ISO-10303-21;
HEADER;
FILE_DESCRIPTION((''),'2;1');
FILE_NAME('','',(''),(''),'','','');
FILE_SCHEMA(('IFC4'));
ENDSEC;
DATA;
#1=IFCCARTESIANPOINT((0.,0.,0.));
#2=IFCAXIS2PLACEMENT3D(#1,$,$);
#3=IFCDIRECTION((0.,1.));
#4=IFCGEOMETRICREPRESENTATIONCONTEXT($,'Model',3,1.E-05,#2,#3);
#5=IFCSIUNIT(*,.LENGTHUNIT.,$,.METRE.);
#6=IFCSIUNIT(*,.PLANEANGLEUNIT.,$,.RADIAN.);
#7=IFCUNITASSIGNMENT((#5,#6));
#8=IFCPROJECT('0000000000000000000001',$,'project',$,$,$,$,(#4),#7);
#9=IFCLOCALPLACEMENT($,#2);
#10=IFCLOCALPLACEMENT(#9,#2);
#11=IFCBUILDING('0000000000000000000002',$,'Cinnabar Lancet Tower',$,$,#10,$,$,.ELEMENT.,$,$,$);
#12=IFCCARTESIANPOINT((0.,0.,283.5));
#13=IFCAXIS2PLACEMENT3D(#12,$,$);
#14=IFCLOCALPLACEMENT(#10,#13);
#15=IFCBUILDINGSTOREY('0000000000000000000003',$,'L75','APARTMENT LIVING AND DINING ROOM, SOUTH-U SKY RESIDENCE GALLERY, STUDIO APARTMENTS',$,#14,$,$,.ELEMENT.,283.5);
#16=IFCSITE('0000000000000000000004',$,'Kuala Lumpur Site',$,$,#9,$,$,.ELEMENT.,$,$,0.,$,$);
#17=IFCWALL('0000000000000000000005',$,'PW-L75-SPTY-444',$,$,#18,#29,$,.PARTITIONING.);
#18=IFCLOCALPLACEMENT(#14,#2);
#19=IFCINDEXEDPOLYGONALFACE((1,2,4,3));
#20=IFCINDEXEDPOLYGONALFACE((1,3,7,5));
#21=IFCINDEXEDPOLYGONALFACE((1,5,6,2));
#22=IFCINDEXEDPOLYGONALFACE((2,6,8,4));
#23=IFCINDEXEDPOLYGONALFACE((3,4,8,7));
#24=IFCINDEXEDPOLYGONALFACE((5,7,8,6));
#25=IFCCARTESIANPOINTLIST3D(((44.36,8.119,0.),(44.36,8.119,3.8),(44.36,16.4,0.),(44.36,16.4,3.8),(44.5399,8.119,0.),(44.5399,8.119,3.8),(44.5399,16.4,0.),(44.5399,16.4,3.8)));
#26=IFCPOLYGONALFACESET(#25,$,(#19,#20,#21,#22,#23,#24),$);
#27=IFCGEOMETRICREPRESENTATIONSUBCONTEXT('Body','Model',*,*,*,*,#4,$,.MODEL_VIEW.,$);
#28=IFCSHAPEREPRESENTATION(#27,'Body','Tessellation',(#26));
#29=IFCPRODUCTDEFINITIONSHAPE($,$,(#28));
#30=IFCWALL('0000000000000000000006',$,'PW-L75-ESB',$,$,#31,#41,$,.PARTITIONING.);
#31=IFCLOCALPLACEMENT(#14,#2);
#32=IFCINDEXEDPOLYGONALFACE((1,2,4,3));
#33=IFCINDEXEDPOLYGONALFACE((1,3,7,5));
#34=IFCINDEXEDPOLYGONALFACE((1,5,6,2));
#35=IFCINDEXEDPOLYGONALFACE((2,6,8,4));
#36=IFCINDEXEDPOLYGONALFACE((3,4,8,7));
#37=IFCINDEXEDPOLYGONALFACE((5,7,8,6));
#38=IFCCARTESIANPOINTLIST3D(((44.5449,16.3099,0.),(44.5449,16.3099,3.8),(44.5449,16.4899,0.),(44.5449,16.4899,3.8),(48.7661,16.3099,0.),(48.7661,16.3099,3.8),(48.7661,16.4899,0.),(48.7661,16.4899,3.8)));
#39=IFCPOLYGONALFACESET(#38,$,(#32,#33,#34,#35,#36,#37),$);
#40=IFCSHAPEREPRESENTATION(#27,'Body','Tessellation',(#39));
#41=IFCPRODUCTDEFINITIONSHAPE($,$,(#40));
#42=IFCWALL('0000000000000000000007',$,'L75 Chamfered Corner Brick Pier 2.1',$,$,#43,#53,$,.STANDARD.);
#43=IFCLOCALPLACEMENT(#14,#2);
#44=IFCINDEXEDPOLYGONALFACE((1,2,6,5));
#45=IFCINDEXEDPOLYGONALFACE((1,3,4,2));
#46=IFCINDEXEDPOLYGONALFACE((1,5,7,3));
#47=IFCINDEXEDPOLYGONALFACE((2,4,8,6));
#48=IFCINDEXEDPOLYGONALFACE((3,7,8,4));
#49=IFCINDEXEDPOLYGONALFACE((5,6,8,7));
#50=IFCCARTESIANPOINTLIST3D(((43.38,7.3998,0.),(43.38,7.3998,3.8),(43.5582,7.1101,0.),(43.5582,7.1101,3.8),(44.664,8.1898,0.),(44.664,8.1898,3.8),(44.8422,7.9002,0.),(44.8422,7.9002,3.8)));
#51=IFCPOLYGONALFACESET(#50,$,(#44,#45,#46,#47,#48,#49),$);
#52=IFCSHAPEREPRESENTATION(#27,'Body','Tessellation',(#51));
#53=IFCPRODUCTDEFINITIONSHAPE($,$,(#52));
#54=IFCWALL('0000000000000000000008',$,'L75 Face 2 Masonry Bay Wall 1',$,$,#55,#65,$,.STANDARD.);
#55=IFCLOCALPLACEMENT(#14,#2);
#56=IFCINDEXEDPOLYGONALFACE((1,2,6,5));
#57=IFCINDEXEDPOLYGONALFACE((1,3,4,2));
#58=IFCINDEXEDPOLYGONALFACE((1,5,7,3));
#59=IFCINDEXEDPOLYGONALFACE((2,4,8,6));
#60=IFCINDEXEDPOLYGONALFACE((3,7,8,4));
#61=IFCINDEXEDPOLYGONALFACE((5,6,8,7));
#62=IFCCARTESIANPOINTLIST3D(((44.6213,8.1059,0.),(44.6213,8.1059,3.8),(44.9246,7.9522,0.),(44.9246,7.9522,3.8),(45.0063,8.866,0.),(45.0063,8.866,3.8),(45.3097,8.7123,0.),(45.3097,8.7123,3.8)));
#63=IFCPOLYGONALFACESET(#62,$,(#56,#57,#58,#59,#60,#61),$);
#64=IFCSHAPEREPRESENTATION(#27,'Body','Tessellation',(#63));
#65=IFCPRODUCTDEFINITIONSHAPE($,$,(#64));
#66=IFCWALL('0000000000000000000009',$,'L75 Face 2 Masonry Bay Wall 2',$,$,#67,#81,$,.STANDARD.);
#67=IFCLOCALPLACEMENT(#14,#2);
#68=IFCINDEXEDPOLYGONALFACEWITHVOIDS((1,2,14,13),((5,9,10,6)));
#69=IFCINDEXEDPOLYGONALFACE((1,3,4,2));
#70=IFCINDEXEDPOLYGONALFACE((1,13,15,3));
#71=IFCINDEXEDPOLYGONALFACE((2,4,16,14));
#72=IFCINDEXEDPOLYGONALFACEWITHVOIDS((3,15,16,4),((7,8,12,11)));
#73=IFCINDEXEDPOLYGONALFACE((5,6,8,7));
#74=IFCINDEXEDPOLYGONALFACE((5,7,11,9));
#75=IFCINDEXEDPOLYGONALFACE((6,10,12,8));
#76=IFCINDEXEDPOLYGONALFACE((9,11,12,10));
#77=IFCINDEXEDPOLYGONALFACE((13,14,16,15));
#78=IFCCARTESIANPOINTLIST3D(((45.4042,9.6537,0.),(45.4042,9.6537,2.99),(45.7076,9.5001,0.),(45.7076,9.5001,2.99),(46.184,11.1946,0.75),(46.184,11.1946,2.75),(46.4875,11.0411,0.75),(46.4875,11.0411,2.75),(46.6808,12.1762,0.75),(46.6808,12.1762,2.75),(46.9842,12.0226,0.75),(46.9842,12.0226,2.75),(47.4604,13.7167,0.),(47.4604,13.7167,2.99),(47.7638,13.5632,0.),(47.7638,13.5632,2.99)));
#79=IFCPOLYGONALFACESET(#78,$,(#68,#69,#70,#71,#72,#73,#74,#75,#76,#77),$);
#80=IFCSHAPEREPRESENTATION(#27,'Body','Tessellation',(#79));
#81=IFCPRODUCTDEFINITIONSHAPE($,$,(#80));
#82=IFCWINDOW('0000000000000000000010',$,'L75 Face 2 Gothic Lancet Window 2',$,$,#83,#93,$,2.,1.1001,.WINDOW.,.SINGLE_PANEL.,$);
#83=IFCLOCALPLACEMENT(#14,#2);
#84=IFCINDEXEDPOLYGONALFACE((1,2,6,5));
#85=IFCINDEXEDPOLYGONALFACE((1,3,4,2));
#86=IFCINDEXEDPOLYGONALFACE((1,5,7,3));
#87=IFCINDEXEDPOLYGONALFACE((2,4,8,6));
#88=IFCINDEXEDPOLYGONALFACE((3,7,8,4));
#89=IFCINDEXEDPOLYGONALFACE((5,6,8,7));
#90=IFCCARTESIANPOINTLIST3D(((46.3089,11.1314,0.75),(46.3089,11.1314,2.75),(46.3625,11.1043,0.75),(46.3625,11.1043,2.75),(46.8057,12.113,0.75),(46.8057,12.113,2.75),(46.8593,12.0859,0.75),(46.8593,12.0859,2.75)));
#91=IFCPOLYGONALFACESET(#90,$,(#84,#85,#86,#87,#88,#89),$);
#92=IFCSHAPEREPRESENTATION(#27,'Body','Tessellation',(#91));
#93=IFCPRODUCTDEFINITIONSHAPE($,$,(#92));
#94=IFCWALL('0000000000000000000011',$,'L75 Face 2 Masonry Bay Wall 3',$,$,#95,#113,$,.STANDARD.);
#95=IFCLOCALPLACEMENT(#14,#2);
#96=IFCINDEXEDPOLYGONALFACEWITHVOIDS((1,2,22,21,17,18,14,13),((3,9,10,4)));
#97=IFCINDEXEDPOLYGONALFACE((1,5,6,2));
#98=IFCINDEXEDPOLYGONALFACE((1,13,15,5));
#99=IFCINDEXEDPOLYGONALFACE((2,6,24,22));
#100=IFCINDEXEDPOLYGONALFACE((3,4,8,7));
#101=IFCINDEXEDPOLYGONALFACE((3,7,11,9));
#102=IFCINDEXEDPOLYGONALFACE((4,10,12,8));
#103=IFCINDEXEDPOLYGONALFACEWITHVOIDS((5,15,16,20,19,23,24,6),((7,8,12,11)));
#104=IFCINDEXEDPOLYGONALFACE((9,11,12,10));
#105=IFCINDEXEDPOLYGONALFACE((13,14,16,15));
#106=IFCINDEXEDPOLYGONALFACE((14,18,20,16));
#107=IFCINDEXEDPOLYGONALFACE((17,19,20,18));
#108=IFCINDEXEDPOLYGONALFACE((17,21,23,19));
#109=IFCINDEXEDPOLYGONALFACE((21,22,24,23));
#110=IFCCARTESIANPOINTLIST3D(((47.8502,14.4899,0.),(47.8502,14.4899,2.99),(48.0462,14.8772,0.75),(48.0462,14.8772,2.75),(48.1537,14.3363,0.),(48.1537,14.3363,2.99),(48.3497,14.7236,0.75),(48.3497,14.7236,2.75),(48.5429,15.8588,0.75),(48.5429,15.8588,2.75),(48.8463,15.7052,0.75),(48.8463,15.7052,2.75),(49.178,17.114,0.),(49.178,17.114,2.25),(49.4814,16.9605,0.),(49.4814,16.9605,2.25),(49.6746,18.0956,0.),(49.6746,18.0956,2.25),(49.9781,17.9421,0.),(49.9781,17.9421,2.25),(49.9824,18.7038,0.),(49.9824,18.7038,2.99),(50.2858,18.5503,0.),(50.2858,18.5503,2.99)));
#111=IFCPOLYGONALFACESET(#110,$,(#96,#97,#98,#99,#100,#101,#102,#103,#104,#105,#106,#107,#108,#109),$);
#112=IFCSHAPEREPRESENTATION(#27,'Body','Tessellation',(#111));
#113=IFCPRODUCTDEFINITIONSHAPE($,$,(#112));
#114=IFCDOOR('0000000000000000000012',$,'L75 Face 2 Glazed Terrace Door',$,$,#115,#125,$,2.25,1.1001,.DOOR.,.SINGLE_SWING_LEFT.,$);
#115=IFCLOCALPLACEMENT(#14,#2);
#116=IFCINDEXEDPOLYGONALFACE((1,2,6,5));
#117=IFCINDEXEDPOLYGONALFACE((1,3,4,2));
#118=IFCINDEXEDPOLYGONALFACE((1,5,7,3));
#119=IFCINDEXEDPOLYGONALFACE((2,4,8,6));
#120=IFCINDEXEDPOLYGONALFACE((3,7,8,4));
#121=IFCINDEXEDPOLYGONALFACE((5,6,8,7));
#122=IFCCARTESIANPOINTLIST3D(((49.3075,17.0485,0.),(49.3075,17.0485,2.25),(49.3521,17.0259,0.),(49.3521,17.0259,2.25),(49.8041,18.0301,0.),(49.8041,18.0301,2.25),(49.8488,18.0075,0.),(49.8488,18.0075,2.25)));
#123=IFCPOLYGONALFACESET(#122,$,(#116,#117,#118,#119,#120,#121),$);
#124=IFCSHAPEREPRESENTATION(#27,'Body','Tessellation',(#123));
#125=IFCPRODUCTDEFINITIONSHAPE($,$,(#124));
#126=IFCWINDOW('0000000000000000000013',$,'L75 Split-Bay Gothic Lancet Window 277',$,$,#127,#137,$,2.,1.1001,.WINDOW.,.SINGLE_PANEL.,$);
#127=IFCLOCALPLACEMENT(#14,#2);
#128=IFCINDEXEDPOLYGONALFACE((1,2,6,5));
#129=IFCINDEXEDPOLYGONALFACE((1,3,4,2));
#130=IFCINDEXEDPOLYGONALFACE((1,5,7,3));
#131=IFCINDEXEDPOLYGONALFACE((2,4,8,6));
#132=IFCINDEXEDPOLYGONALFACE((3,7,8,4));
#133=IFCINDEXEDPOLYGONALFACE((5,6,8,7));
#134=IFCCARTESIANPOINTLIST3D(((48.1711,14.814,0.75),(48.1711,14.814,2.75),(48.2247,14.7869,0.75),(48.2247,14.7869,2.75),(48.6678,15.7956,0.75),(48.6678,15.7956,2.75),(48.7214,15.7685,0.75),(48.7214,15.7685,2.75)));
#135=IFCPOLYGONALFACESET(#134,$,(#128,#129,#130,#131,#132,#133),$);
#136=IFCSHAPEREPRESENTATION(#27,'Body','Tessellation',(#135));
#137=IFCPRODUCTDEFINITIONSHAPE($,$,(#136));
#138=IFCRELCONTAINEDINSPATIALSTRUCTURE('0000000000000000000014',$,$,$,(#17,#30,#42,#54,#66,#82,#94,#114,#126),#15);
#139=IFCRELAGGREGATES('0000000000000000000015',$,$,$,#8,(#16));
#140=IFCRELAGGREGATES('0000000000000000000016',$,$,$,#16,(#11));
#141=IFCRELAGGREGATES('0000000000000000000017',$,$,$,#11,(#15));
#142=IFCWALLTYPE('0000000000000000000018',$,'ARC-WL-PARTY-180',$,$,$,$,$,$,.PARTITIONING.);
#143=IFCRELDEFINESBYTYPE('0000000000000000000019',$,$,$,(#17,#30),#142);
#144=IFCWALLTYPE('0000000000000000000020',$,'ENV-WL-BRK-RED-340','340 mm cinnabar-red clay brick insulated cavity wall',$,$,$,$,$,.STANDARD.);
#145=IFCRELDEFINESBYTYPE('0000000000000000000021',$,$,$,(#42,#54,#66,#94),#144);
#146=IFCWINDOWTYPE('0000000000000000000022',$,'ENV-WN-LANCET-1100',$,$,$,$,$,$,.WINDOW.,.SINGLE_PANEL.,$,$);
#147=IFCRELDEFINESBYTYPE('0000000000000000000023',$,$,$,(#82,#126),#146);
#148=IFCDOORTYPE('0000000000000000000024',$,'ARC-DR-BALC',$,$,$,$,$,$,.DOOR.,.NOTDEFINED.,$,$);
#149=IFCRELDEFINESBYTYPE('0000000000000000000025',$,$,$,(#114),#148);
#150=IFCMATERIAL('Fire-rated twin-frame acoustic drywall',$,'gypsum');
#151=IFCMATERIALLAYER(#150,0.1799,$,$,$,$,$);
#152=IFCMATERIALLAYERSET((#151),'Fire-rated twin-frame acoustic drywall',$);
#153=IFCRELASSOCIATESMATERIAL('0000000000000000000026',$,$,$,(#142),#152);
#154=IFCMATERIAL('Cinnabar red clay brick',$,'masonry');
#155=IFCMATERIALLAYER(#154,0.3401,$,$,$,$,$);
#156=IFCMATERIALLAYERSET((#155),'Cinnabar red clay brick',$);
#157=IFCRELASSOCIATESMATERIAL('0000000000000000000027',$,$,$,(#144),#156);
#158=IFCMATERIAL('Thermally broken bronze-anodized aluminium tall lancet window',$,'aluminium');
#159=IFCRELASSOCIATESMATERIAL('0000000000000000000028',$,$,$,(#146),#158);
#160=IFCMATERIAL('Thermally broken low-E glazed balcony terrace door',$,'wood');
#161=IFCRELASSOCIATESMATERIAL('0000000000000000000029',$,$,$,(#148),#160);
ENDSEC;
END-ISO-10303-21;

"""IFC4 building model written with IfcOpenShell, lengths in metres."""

from ifc_helpers import new_model, si_unit, direction, frame, frame_2d, origin, place, context, subcontext, project, spatial, rectangle, extrude, material, layer, layer_set, type_object, element, fill, save


model = new_model("IFC4")

# Units and contexts
model_context = context("Model", 3, precision=1e-05, world=origin(), true_north=direction((0.0, 1.0)))
body_context = subcontext(model_context, "Body", "Model", "MODEL_VIEW")
ifc_project = project(units=[si_unit("LENGTHUNIT", "METRE"), si_unit("PLANEANGLEUNIT", "RADIAN")], contexts=[model_context])

# Site, building, storey
site_placement = place(None, origin())
site = spatial("IfcSite", under=ifc_project, at=site_placement, Name="Kuala Lumpur Site", CompositionType="ELEMENT", RefElevation=0.0)
building_placement = place(site_placement, origin())
building = spatial("IfcBuilding", under=site, at=building_placement, Name="Cinnabar Lancet Tower", CompositionType="ELEMENT")
storey_placement = place(building_placement, frame((0.0, 0.0, 283.5)))
storey = spatial("IfcBuildingStorey", under=building, at=storey_placement, Name="L75", Description="APARTMENT LIVING AND DINING ROOM, SOUTH-U SKY RESIDENCE GALLERY, STUDIO APARTMENTS", CompositionType="ELEMENT", Elevation=283.5)

# Walls
ifc_material_1 = material(Name="Fire-rated twin-frame acoustic drywall", Category="gypsum")
ifc_layer_1 = layer(ifc_material_1, 0.1799)
ifc_layer_set_1 = layer_set([ifc_layer_1], Name="Fire-rated twin-frame acoustic drywall")
wall_type_1 = type_object("IfcWallType", Name="ARC-WL-PARTY-180", PredefinedType="PARTITIONING", material=ifc_layer_set_1)
wall_1_placement = place(storey_placement, frame((44.45, 8.1189, 0.0), z_axis=(0.0, 0.0, 1.0), x_axis=(0.0, 1.0, 0.0)))
element("IfcWall", 1, at=wall_1_placement, inside=storey, type_object=wall_type_1, Name="PW-L75-SPTY-444", PredefinedType="PARTITIONING", context=body_context, shape_type="SweptSolid", body=[
    extrude(rectangle(XDim=8.281, YDim=0.1799, at=frame_2d((4.1406, 0.0))), origin(), (0.0, 0.0, 1.0), 3.8),
])
wall_2_placement = place(storey_placement, frame((44.5449, 16.3999, 0.0), z_axis=(0.0, 0.0, 1.0), x_axis=(1.0, 0.0, 0.0)))
element("IfcWall", 2, at=wall_2_placement, inside=storey, type_object=wall_type_1, Name="PW-L75-ESB", PredefinedType="PARTITIONING", context=body_context, shape_type="SweptSolid", body=[
    extrude(rectangle(XDim=4.2212, YDim=0.1799, at=frame_2d((2.1106, 0.0))), origin(), (0.0, 0.0, 1.0), 3.8),
])
ifc_material_2 = material(Name="Cinnabar red clay brick", Category="masonry")
ifc_layer_2 = layer(ifc_material_2, 0.3401)
ifc_layer_set_2 = layer_set([ifc_layer_2], Name="Cinnabar red clay brick")
wall_type_2 = type_object("IfcWallType", Name="ENV-WL-BRK-RED-340", Description="340 mm cinnabar-red clay brick insulated cavity wall", PredefinedType="STANDARD", material=ifc_layer_set_2)
wall_3_placement = place(storey_placement, frame((43.469, 7.2549, 0.0), z_axis=(0.0, 0.0, 1.0), x_axis=(0.851681, 0.524061, 0.0)))
element("IfcWall", 3, at=wall_3_placement, inside=storey, type_object=wall_type_2, Name="L75 Chamfered Corner Brick Pier 2.1", PredefinedType="STANDARD", context=body_context, shape_type="SweptSolid", body=[
    extrude(rectangle(XDim=1.5076, YDim=0.3401, at=frame_2d((0.7539, 0.0))), origin(), (0.0, 0.0, 1.0), 3.8),
])
wall_4_placement = place(storey_placement, frame((44.7729, 8.0291, 0.0), z_axis=(0.0, 0.0, 1.0), x_axis=(0.451907, 0.892065, 0.0)))
element("IfcWall", 4, at=wall_4_placement, inside=storey, type_object=wall_type_2, Name="L75 Face 2 Masonry Bay Wall 1", PredefinedType="STANDARD", context=body_context, shape_type="SweptSolid", body=[
    extrude(rectangle(XDim=0.8521, YDim=0.3401, at=frame_2d((0.426, 0.0))), origin(), (0.0, 0.0, 1.0), 3.8),
])

# Wall, opening, window
wall_5_placement = place(storey_placement, frame((45.5559, 9.5769, 0.0), z_axis=(0.0, 0.0, 1.0), x_axis=(0.45154, 0.892251, 0.0)))
wall_5 = element("IfcWall", 5, at=wall_5_placement, inside=storey, type_object=wall_type_2, Name="L75 Face 2 Masonry Bay Wall 2", PredefinedType="STANDARD", context=body_context, shape_type="SweptSolid", body=[
    extrude(rectangle(XDim=4.5537, YDim=0.3401, at=frame_2d((2.2769, 0.0))), origin(), (0.0, 0.0, 1.0), 2.99),
])
opening_1_placement = place(wall_5_placement, frame((1.7271, 0.0, 0.75)))
opening_1 = element("IfcOpeningElement", 6, at=opening_1_placement, cuts=wall_5, PredefinedType="OPENING", context=body_context, shape_type="SweptSolid", body=[
    extrude(rectangle(XDim=1.1001, YDim=2.0, at=frame_2d((0.55, 1.0))), frame((0.0, 0.1799, 0.0), z_axis=(0.0, -1.0, 0.0), x_axis=(1.0, 0.0, 0.0)), (0.0, 0.0, 1.0), 0.3601),
])
ifc_material_3 = material(Name="Thermally broken bronze-anodized aluminium tall lancet window", Category="aluminium")
window_type = type_object("IfcWindowType", Name="ENV-WN-LANCET-1100", PartitioningType="SINGLE_PANEL", PredefinedType="WINDOW", material=ifc_material_3)
window_1_placement = place(opening_1_placement, origin())
window_1 = element("IfcWindow", 7, at=window_1_placement, inside=storey, type_object=window_type, Name="L75 Face 2 Gothic Lancet Window 2", OverallHeight=2.0, OverallWidth=1.1001, PartitioningType="SINGLE_PANEL", PredefinedType="WINDOW", context=body_context, shape_type="SweptSolid", body=[
    extrude(rectangle(XDim=1.1001, YDim=2.0, at=frame_2d((0.55, 1.0))), frame((0.0, 0.03, 0.0), z_axis=(0.0, -1.0, 0.0), x_axis=(1.0, 0.0, 0.0)), (0.0, 0.0, 1.0), 0.0601),
])
fill(opening_1, window_1)

# Wall, openings, door, window
wall_6_placement = place(storey_placement, frame((48.002, 14.4131, 0.0), z_axis=(0.0, 0.0, 1.0), x_axis=(0.451468, 0.892287, 0.0)))
wall_6 = element("IfcWall", 8, at=wall_6_placement, inside=storey, type_object=wall_type_2, Name="L75 Face 2 Masonry Bay Wall 3", PredefinedType="STANDARD", context=body_context, shape_type="SweptSolid", body=[
    extrude(rectangle(XDim=4.7227, YDim=0.3401, at=frame_2d((2.3613, 0.0))), origin(), (0.0, 0.0, 1.0), 2.99),
])
opening_2_placement = place(wall_6_placement, frame((2.9409, 0.0, 0.0)))
opening_2 = element("IfcOpeningElement", 9, at=opening_2_placement, cuts=wall_6, PredefinedType="OPENING", context=body_context, shape_type="SweptSolid", body=[
    extrude(rectangle(XDim=1.1001, YDim=2.25, at=frame_2d((0.55, 1.125))), frame((0.0, 0.1799, 0.0), z_axis=(0.0, -1.0, 0.0), x_axis=(1.0, 0.0, 0.0)), (0.0, 0.0, 1.0), 0.3601),
])
opening_3_placement = place(wall_6_placement, frame((0.4341, 0.0, 0.75)))
opening_3 = element("IfcOpeningElement", 10, at=opening_3_placement, cuts=wall_6, PredefinedType="OPENING", context=body_context, shape_type="SweptSolid", body=[
    extrude(rectangle(XDim=1.1001, YDim=2.0, at=frame_2d((0.55, 1.0))), frame((0.0, 0.1799, 0.0), z_axis=(0.0, -1.0, 0.0), x_axis=(1.0, 0.0, 0.0)), (0.0, 0.0, 1.0), 0.3601),
])
ifc_material_4 = material(Name="Thermally broken low-E glazed balcony terrace door", Category="wood")
door_type = type_object("IfcDoorType", Name="ARC-DR-BALC", OperationType="NOTDEFINED", PredefinedType="DOOR", material=ifc_material_4)
door_placement = place(opening_2_placement, origin())
door = element("IfcDoor", 11, at=door_placement, inside=storey, type_object=door_type, Name="L75 Face 2 Glazed Terrace Door", OperationType="SINGLE_SWING_LEFT", OverallHeight=2.25, OverallWidth=1.1001, PredefinedType="DOOR", context=body_context, shape_type="SweptSolid", body=[
    extrude(rectangle(XDim=1.1001, YDim=2.25, at=frame_2d((0.55, 1.125))), frame((0.0, 0.0249, 0.0), z_axis=(0.0, -1.0, 0.0), x_axis=(1.0, 0.0, 0.0)), (0.0, 0.0, 1.0), 0.05),
])
fill(opening_2, door)
window_2_placement = place(opening_3_placement, origin())
window_2 = element("IfcWindow", 12, at=window_2_placement, inside=storey, type_object=window_type, Name="L75 Split-Bay Gothic Lancet Window 277", OverallHeight=2.0, OverallWidth=1.1001, PartitioningType="SINGLE_PANEL", PredefinedType="WINDOW", context=body_context, shape_type="SweptSolid", body=[
    extrude(rectangle(XDim=1.1001, YDim=2.0, at=frame_2d((0.55, 1.0))), frame((0.0, 0.03, 0.0), z_axis=(0.0, -1.0, 0.0), x_axis=(1.0, 0.0, 0.0)), (0.0, 0.0, 1.0), 0.0601),
])
fill(opening_3, window_2)

save(model, "model.ifc")
